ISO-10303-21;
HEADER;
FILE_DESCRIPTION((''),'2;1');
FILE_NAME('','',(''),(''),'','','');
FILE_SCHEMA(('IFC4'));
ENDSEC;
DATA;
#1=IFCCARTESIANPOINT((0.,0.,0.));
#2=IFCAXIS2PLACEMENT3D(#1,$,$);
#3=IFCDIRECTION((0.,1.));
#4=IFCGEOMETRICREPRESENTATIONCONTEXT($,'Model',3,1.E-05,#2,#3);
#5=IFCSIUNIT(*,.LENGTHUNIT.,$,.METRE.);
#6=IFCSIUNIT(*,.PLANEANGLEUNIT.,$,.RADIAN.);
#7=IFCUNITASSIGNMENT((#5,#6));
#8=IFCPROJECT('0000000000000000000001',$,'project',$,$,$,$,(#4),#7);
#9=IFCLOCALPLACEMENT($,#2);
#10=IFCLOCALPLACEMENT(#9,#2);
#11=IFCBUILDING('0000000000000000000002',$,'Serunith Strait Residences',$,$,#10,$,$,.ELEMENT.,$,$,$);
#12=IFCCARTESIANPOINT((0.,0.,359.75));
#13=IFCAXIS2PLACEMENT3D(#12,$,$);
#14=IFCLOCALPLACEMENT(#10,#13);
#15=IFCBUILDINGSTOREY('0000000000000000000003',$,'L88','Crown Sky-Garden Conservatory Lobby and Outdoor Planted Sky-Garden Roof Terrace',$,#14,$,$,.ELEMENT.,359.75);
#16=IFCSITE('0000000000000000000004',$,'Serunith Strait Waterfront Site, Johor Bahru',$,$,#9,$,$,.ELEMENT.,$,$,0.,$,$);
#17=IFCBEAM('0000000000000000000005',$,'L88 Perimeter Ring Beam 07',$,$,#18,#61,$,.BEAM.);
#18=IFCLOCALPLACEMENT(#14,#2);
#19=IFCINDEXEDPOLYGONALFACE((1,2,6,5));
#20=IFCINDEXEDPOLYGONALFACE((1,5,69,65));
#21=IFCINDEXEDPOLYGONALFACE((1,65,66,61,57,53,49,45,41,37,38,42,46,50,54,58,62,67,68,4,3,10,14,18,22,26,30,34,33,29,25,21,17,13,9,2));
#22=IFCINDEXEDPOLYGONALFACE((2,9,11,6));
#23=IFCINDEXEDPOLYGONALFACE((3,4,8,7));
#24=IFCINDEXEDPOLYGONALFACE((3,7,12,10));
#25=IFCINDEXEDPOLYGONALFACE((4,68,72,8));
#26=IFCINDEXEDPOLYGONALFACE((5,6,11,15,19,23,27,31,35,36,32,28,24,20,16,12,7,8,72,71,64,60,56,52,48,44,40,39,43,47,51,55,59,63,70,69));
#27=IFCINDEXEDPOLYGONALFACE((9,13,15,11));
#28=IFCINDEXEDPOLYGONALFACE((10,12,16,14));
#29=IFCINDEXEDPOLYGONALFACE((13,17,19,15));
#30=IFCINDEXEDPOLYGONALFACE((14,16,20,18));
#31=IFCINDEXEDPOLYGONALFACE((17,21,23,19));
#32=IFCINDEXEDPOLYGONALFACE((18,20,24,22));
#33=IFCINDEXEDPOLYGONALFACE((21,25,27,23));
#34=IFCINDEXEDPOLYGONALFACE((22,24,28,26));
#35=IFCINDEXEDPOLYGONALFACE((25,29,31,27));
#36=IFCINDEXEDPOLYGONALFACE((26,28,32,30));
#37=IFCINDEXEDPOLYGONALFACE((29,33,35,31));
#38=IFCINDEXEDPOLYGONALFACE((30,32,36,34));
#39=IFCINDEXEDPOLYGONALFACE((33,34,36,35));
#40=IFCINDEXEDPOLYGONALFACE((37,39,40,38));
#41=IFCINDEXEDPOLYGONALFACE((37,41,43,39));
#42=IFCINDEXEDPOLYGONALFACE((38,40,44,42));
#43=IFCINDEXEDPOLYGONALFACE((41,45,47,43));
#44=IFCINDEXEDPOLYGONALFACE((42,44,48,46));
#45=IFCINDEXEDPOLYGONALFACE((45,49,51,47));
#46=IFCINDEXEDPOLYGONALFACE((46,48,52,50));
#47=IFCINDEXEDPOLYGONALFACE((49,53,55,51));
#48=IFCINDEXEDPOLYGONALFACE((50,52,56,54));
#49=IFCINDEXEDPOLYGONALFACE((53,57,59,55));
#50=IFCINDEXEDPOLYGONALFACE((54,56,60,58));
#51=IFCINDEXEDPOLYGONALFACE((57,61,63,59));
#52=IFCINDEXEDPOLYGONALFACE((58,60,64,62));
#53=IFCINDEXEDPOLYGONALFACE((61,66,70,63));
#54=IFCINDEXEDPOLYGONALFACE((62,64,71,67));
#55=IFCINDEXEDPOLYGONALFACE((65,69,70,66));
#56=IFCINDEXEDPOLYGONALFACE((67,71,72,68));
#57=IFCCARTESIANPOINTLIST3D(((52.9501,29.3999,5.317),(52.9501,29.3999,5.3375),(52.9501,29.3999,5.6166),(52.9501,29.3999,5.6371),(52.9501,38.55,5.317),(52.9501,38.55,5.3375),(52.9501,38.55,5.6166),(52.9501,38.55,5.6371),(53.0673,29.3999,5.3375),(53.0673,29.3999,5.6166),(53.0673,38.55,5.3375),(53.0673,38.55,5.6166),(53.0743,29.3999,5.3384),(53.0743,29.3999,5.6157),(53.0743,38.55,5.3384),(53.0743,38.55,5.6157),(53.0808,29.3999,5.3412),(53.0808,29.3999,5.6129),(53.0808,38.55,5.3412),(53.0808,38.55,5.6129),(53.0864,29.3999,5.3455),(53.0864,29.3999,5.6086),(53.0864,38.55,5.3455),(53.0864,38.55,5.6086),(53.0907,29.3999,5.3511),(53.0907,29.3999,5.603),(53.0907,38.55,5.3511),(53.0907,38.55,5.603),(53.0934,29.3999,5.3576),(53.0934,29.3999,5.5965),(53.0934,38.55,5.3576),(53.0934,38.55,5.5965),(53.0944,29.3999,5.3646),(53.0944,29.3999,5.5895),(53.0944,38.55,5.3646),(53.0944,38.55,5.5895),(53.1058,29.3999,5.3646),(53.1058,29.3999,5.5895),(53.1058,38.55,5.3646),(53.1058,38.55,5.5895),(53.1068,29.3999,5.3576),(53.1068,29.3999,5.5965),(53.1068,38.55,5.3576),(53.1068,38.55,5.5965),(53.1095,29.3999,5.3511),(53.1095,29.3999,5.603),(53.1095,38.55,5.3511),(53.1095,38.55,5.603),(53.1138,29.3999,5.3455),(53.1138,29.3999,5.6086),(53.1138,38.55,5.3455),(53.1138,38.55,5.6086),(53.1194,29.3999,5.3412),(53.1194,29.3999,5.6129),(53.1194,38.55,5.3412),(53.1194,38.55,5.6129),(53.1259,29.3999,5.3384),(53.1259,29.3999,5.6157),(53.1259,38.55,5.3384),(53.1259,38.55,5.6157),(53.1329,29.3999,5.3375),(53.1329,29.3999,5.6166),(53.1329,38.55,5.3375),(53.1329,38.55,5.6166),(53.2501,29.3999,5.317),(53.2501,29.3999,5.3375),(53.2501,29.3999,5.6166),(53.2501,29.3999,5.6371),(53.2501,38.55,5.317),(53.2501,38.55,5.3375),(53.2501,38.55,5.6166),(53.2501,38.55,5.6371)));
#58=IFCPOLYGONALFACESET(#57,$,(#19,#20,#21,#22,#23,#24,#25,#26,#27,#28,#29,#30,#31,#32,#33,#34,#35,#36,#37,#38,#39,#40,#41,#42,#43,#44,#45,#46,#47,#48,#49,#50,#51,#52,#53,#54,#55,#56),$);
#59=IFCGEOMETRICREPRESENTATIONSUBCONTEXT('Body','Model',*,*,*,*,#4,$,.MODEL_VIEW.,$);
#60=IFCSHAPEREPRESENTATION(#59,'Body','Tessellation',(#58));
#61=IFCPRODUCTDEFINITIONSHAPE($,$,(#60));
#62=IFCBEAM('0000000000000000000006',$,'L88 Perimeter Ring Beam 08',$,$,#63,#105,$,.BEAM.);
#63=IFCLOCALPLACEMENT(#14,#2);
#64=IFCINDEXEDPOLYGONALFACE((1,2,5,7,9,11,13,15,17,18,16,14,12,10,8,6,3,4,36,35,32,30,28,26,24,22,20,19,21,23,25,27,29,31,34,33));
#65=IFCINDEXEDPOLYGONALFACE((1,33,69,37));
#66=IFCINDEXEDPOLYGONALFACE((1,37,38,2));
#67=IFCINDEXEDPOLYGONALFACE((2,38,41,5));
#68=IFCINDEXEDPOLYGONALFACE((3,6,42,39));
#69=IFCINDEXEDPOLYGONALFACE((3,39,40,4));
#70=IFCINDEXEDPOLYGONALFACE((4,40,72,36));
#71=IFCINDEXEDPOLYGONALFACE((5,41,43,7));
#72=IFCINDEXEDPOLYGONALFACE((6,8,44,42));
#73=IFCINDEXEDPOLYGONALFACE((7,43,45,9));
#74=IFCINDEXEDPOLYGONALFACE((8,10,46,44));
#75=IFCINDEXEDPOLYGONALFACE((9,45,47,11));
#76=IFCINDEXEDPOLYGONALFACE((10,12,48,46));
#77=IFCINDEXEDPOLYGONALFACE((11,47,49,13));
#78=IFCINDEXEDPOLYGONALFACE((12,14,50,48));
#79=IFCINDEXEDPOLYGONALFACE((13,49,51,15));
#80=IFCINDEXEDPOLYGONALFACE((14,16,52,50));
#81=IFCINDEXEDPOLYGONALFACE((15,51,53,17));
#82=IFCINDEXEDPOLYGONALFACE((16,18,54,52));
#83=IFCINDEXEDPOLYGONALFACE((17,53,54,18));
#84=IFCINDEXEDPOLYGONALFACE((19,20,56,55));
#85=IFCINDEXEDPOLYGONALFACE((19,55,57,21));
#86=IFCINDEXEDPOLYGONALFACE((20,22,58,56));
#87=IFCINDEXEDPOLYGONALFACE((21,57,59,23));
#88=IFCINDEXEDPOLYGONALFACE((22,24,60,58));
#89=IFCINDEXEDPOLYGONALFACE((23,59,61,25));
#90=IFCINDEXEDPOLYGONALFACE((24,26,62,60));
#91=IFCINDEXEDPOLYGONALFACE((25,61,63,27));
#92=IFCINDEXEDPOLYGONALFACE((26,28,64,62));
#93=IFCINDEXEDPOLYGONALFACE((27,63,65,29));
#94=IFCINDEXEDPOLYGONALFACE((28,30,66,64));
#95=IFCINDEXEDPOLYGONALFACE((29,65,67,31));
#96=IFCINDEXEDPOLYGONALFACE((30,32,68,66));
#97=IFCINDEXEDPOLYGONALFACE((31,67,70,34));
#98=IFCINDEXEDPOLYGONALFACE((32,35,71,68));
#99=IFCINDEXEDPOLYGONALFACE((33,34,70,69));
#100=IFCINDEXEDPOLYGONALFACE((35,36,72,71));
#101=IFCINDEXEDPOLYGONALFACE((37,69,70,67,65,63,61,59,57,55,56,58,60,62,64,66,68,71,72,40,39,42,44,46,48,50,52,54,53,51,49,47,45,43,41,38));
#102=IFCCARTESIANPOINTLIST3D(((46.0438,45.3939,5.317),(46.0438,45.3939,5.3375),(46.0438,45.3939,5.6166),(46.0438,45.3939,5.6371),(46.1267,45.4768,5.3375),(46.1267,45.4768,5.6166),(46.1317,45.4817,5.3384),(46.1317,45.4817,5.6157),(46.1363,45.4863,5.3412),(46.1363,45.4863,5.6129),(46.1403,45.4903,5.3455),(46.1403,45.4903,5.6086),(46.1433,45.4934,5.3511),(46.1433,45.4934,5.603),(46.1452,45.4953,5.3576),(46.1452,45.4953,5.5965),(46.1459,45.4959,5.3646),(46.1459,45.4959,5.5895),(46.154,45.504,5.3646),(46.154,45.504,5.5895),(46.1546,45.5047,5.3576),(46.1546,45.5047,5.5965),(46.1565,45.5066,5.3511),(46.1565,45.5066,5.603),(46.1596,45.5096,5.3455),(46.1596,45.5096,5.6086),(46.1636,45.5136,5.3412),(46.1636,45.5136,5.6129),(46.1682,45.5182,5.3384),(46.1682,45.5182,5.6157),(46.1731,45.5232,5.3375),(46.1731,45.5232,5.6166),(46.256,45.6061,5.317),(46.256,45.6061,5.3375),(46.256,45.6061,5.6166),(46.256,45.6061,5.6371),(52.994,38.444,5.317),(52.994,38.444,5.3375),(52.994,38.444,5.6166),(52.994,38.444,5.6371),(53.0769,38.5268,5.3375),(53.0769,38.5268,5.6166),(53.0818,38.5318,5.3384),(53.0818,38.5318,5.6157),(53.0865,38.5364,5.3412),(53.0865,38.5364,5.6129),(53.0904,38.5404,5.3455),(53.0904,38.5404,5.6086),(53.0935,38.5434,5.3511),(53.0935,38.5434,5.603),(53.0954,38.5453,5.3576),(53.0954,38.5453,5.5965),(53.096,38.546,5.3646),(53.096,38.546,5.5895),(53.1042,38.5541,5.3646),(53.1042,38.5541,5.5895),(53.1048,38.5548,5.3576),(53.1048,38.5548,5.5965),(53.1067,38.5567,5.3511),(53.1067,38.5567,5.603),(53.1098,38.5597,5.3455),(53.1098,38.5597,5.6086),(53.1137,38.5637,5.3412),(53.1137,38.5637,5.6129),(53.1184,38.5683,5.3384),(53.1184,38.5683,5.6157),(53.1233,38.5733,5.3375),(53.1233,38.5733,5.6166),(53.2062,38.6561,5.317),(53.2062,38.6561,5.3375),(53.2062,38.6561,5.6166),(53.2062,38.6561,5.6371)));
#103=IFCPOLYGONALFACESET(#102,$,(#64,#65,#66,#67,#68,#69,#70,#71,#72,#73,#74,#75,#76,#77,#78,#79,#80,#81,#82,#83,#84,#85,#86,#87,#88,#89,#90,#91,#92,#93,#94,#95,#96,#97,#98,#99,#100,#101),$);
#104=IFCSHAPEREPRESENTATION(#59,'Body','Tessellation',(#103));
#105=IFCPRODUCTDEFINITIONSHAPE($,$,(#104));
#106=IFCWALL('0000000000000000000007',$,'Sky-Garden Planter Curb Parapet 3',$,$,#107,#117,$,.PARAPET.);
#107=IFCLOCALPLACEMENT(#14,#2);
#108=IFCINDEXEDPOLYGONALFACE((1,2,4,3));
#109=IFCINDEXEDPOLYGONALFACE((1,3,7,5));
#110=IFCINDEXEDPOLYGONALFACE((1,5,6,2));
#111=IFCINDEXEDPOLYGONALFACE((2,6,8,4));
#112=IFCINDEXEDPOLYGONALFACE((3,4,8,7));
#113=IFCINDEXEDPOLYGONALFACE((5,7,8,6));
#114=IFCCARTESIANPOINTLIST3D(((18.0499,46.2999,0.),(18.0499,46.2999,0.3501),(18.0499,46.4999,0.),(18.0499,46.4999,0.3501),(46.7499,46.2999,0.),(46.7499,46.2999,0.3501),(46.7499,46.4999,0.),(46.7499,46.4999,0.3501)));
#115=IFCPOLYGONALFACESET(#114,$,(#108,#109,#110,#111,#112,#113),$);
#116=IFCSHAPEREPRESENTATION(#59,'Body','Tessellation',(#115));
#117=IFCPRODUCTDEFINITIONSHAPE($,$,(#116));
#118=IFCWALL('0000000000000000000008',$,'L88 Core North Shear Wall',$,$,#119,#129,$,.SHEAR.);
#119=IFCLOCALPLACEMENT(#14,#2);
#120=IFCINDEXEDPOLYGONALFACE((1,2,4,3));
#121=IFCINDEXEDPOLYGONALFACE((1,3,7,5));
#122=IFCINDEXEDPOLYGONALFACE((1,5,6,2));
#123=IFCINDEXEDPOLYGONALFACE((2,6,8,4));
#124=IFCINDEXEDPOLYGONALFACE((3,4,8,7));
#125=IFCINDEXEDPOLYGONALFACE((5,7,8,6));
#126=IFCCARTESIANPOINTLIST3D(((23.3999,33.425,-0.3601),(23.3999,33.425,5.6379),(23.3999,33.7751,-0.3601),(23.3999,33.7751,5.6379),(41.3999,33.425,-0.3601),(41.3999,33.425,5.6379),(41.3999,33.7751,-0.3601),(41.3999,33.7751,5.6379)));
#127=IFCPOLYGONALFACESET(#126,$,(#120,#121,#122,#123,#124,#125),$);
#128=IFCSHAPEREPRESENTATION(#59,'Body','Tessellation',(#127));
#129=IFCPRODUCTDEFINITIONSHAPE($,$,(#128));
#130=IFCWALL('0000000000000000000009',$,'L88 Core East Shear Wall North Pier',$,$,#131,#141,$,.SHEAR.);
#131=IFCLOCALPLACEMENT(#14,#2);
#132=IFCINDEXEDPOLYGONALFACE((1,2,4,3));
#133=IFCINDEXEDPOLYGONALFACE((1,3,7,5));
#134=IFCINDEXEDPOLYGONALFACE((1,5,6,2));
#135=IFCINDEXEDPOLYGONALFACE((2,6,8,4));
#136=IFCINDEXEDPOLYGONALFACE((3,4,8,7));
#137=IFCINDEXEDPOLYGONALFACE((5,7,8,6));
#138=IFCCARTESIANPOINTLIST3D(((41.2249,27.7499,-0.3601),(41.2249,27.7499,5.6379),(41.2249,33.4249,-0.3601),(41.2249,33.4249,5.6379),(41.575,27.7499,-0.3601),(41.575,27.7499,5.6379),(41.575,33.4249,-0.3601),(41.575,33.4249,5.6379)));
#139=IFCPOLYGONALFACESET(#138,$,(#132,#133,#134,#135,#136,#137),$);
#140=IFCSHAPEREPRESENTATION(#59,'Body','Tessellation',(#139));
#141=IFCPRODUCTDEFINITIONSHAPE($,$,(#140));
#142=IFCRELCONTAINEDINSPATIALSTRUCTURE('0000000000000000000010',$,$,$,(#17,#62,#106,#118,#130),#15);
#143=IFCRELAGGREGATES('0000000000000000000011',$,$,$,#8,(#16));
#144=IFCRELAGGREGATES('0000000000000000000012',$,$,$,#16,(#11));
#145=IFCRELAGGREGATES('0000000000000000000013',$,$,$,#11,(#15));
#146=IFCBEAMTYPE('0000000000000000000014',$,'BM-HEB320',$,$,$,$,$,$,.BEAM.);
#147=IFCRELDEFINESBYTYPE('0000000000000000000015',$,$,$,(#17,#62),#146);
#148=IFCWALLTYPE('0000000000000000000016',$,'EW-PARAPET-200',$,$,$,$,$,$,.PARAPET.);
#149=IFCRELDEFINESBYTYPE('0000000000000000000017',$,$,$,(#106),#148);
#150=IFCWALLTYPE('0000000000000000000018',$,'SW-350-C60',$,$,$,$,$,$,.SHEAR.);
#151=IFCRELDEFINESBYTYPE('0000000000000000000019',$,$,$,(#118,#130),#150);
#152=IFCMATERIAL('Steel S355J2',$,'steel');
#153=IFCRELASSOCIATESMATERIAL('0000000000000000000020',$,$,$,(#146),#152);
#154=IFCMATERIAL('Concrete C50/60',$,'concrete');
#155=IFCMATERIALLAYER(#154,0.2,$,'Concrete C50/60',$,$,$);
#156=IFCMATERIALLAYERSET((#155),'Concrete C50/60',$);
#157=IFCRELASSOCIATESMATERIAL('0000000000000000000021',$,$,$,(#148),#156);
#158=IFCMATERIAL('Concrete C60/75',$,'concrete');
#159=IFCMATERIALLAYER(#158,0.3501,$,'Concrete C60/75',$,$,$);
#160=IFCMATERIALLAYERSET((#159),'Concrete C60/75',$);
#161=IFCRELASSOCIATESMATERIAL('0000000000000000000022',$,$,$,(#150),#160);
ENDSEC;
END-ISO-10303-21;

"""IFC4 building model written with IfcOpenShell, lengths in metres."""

from ifc_helpers import new_model, si_unit, direction, frame, frame_2d, origin, origin_2d, place, context, subcontext, project, spatial, rectangle, i_section, extrude, source, transform, mapped, material, layer, layer_set, material_profile, profile_set, type_object, element, save


model = new_model("IFC4")

# Units and contexts
model_context = context("Model", 3, precision=1e-05, world=origin(), true_north=direction((0.0, 1.0)))
body_context = subcontext(model_context, "Body", "Model", "MODEL_VIEW")
ifc_project = project(units=[si_unit("LENGTHUNIT", "METRE"), si_unit("PLANEANGLEUNIT", "RADIAN")], contexts=[model_context])

# Site, building, storey
site_placement = place(None, origin())
site = spatial("IfcSite", under=ifc_project, at=site_placement, Name="Serunith Strait Waterfront Site, Johor Bahru", CompositionType="ELEMENT", RefElevation=0.0)
building_placement = place(site_placement, origin())
building = spatial("IfcBuilding", under=site, at=building_placement, Name="Serunith Strait Residences", CompositionType="ELEMENT")
storey_placement = place(building_placement, frame((0.0, 0.0, 359.75)))
storey = spatial("IfcBuildingStorey", under=building, at=storey_placement, Name="L88", Description="Crown Sky-Garden Conservatory Lobby and Outdoor Planted Sky-Garden Roof Terrace", CompositionType="ELEMENT", Elevation=359.75)

# Shared definitions
ifc_material_1 = material(Name="Concrete C60/75", Category="concrete")

# Beams
ifc_material_2 = material(Name="Steel S355J2", Category="steel")
ifc_material_profile_1 = material_profile(ifc_material_2, i_section(OverallWidth=0.3, OverallDepth=0.3201, WebThickness=0.0115, FlangeThickness=0.0205, FilletRadius=0.0271, at=origin_2d()), Name="HEB 320")
ifc_profile_set_1 = profile_set([ifc_material_profile_1], Name="Steel S355J2")
beam_type_1 = type_object("IfcBeamType", Name="BM-HEB320", PredefinedType="BEAM", material=ifc_profile_set_1)
shared_shape_1 = source(origin(), body_context, "Body", "SweptSolid", [
    extrude(i_section(OverallWidth=0.3, OverallDepth=0.3201, WebThickness=0.0115, FlangeThickness=0.0205, FilletRadius=0.0271, at=origin_2d()), origin(), (0.0, 0.0, 1.0), 9.1501),
])
beam_1_placement = place(storey_placement, frame((53.1001, 29.3999, 5.4771), z_axis=(0.0, 1.0, 0.0), x_axis=(-1.0, 0.0, 0.0)))
element("IfcBeam", 1, at=beam_1_placement, inside=storey, type_object=beam_type_1, Name="L88 Perimeter Ring Beam 07", PredefinedType="BEAM", context=body_context, shape_type="MappedRepresentation", body=[
    mapped(shared_shape_1, transform((0.0, 0.0, 0.0), scale=1.0)),
])
shared_shape_2 = source(origin(), body_context, "Body", "SweptSolid", [
    extrude(i_section(OverallWidth=0.3, OverallDepth=0.3201, WebThickness=0.0115, FlangeThickness=0.0205, FilletRadius=0.0271, at=origin_2d()), origin(), (0.0, 0.0, 1.0), 9.8289),
])
beam_2_placement = place(storey_placement, frame((53.1001, 38.55, 5.4771), z_axis=(-0.707119, 0.707094, 0.0), x_axis=(-0.707094, -0.707119, 0.0)))
element("IfcBeam", 2, at=beam_2_placement, inside=storey, type_object=beam_type_1, Name="L88 Perimeter Ring Beam 08", PredefinedType="BEAM", context=body_context, shape_type="MappedRepresentation", body=[
    mapped(shared_shape_2, transform((0.0, 0.0, 0.0), scale=1.0)),
])

# Wall
ifc_material_3 = material(Name="Concrete C50/60", Category="concrete")
ifc_layer_1 = layer(ifc_material_3, 0.2, Name="Concrete C50/60")
ifc_layer_set_1 = layer_set([ifc_layer_1], Name="Concrete C50/60")
wall_type_1 = type_object("IfcWallType", Name="EW-PARAPET-200", PredefinedType="PARAPET", material=ifc_layer_set_1)
wall_1_placement = place(storey_placement, frame((46.75, 46.3999, 0.0), z_axis=(0.0, 0.0, 1.0), x_axis=(-1.0, 0.0, 0.0)))
element("IfcWall", 3, at=wall_1_placement, inside=storey, type_object=wall_type_1, Name="Sky-Garden Planter Curb Parapet 3", PredefinedType="PARAPET", context=body_context, shape_type="SweptSolid", body=[
    extrude(rectangle(XDim=28.7, YDim=0.2, at=frame_2d((14.3501, 0.0))), origin(), (0.0, 0.0, 1.0), 0.3501),
])

# Walls
ifc_layer_2 = layer(ifc_material_1, 0.3501, Name="Concrete C60/75")
ifc_layer_set_2 = layer_set([ifc_layer_2], Name="Concrete C60/75")
wall_type_2 = type_object("IfcWallType", Name="SW-350-C60", PredefinedType="SHEAR", material=ifc_layer_set_2)
wall_2_placement = place(storey_placement, frame((41.3999, 33.6001, -0.3601), z_axis=(0.0, 0.0, 1.0), x_axis=(-1.0, 0.0, 0.0)))
element("IfcWall", 4, at=wall_2_placement, inside=storey, type_object=wall_type_2, Name="L88 Core North Shear Wall", PredefinedType="SHEAR", context=body_context, shape_type="SweptSolid", body=[
    extrude(rectangle(XDim=18.0, YDim=0.3501, at=frame_2d((9.0, 0.0))), origin(), (0.0, 0.0, 1.0), 5.998),
])
wall_3_placement = place(storey_placement, frame((41.3999, 27.75, -0.3601), z_axis=(0.0, 0.0, 1.0), x_axis=(0.0, 1.0, 0.0)))
element("IfcWall", 5, at=wall_3_placement, inside=storey, type_object=wall_type_2, Name="L88 Core East Shear Wall North Pier", PredefinedType="SHEAR", context=body_context, shape_type="SweptSolid", body=[
    extrude(rectangle(XDim=5.675, YDim=0.3501, at=frame_2d((2.8374, 0.0))), origin(), (0.0, 0.0, 1.0), 5.998),
])

save(model, "model.ifc")
